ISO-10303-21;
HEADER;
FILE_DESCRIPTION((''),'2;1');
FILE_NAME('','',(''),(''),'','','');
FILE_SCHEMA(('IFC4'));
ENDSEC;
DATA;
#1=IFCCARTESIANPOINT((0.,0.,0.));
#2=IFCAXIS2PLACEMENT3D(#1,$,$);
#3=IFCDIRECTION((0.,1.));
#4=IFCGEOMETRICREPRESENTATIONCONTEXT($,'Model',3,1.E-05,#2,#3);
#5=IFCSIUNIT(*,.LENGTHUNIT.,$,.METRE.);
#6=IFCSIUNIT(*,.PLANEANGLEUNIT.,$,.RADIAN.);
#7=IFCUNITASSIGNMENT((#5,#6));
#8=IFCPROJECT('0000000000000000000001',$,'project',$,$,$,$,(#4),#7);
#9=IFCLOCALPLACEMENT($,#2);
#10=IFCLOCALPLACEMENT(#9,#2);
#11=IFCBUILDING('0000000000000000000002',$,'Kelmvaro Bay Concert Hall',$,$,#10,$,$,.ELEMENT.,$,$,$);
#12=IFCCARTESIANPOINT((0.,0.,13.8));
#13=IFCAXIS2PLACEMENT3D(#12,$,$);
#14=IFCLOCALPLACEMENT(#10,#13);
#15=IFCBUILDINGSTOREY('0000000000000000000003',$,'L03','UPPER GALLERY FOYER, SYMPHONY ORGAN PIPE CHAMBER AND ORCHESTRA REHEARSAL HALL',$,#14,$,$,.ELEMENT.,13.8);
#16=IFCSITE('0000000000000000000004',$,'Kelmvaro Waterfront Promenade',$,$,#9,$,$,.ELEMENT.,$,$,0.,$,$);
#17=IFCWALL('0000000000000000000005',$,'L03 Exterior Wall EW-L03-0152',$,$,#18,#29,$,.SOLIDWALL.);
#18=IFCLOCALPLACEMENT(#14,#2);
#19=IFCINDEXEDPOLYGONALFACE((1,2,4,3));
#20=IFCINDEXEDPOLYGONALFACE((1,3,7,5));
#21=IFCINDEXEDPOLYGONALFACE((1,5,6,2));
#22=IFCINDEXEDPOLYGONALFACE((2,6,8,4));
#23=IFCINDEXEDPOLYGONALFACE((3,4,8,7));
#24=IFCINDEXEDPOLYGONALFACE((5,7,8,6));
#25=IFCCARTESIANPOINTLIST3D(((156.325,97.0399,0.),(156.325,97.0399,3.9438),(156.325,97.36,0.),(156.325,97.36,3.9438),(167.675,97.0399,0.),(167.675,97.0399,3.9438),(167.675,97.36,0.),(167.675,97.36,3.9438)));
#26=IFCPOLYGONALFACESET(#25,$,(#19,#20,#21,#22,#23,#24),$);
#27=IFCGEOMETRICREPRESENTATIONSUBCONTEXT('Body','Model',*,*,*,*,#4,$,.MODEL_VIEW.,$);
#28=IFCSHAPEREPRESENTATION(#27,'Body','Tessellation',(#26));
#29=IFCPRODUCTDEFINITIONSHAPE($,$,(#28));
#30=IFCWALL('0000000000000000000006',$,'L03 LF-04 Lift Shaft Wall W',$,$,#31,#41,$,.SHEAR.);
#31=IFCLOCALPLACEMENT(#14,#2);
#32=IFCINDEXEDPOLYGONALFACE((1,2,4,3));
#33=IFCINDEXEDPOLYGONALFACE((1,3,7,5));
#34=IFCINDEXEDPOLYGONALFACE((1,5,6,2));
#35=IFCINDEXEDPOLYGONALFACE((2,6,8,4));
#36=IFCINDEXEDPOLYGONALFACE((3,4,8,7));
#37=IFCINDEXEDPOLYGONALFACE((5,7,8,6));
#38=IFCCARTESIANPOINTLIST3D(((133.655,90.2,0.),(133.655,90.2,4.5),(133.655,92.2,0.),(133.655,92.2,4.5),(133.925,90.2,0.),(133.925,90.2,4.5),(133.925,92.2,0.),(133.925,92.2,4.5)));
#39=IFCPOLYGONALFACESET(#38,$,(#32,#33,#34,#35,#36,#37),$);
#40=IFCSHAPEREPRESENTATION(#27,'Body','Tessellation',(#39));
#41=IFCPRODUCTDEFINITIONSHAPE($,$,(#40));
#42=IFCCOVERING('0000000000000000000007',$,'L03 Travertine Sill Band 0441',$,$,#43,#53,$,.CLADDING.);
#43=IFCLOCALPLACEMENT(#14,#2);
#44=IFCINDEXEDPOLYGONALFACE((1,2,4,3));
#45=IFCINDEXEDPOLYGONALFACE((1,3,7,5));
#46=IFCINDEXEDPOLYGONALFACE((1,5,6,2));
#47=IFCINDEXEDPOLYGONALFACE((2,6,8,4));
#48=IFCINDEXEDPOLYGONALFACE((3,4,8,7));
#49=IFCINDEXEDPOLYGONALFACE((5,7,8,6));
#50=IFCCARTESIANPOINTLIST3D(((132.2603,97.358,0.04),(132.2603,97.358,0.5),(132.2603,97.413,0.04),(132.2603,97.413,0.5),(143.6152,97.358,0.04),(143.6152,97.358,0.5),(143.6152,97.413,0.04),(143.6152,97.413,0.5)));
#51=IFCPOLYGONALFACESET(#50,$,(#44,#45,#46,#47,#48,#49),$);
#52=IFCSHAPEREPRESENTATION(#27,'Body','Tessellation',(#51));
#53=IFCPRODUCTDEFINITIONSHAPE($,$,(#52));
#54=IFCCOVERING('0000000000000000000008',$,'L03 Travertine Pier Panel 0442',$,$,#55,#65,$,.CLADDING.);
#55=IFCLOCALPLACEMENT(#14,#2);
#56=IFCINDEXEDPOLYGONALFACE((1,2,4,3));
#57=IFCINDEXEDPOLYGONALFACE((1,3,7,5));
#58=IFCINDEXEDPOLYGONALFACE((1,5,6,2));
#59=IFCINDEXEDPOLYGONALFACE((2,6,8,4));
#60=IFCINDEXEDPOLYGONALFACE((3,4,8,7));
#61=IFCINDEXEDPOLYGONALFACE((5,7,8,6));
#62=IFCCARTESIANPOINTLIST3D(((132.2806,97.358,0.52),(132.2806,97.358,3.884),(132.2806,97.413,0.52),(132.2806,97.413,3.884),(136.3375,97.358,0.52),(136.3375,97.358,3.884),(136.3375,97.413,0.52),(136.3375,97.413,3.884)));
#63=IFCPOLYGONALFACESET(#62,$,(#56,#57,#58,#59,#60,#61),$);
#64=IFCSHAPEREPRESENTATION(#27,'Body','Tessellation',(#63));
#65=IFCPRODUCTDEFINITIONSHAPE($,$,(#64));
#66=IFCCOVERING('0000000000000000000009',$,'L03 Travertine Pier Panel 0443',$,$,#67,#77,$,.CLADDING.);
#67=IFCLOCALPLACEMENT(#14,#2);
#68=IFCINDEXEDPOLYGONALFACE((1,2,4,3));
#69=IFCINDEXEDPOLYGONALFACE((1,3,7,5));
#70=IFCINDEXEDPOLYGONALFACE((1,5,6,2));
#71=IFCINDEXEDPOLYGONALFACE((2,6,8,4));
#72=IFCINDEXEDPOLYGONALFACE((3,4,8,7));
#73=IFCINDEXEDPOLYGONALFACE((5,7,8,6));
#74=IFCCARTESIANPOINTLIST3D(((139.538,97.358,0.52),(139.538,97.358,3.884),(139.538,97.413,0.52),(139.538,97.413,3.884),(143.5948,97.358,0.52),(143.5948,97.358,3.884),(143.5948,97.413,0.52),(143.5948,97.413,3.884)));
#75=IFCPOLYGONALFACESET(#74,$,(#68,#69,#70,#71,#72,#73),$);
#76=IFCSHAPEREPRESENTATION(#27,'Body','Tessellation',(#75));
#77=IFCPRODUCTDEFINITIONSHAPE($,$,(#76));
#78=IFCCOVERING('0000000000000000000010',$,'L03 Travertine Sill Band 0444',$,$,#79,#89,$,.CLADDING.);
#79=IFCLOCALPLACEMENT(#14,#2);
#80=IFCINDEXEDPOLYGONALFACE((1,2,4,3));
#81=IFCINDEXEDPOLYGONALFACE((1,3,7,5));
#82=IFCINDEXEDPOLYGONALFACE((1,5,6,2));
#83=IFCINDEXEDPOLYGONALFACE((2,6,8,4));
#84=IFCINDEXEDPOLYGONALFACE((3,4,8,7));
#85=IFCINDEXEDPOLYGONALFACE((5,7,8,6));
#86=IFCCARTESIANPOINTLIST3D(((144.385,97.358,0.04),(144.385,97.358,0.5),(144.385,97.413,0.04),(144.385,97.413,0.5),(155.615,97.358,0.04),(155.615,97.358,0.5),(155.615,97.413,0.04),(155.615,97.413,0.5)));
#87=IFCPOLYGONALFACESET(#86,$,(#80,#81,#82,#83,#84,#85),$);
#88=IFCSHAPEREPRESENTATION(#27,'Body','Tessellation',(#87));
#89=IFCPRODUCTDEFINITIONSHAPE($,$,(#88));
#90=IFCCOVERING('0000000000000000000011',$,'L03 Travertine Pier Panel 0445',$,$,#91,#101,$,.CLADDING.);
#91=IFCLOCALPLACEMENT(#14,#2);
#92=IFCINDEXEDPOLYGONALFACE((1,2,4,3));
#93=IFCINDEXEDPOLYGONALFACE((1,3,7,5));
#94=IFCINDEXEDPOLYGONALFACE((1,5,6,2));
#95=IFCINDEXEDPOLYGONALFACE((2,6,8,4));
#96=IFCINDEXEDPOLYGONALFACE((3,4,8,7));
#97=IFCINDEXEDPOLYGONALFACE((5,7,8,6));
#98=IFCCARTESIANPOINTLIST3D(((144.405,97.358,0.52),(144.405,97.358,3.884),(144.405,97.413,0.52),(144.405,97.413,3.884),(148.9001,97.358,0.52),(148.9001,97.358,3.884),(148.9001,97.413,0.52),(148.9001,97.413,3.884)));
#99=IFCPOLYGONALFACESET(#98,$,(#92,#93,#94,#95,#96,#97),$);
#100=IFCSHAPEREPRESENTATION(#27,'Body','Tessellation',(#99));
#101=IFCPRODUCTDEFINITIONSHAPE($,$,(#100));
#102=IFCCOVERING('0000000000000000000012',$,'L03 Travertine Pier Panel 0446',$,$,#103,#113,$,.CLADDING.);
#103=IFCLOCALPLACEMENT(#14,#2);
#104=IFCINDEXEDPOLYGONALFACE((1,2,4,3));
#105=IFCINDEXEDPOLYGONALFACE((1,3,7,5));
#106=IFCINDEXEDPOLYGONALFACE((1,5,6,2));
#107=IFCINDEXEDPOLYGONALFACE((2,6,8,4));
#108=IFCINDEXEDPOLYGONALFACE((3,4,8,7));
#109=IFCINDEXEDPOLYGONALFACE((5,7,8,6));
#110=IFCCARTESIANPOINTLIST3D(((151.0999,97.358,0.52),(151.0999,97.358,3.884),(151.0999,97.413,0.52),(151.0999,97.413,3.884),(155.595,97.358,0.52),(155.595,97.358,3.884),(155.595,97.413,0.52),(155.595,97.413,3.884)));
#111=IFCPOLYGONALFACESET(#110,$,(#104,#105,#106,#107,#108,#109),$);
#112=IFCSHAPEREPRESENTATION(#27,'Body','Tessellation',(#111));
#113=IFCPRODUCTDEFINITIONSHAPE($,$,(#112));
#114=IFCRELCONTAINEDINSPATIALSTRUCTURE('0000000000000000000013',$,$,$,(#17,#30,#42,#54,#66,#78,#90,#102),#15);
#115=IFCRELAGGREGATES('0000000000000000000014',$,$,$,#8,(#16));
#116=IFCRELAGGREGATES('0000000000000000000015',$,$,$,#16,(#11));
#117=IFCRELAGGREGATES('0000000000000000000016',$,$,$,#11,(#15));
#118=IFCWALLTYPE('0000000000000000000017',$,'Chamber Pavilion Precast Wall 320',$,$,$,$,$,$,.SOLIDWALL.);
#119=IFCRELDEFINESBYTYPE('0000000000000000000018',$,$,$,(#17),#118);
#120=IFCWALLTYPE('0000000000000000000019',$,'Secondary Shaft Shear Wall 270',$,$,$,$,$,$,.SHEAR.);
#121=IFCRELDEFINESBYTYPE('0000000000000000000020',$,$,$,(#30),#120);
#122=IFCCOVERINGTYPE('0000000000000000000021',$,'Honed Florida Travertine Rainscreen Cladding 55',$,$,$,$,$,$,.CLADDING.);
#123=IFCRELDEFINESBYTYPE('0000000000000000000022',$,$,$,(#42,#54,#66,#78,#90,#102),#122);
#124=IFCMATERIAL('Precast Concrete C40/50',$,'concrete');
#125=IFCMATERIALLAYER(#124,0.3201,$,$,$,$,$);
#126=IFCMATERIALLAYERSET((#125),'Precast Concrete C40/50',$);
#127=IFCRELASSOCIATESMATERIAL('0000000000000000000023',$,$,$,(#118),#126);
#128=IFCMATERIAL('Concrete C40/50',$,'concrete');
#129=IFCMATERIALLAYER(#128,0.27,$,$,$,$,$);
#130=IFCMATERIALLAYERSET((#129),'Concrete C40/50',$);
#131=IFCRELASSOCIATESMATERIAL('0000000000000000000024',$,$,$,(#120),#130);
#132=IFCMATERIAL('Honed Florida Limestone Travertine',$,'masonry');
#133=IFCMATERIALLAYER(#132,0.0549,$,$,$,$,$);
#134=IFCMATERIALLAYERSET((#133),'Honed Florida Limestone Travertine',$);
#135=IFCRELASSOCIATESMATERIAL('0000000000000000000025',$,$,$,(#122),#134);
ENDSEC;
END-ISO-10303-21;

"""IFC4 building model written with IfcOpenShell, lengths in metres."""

from ifc_helpers import new_model, si_unit, direction, frame, frame_2d, origin, origin_2d, place, context, subcontext, project, spatial, rectangle, extrude, material, layer, layer_set, type_object, element, save


model = new_model("IFC4")

# Units and contexts
model_context = context("Model", 3, precision=1e-05, world=origin(), true_north=direction((0.0, 1.0)))
body_context = subcontext(model_context, "Body", "Model", "MODEL_VIEW")
ifc_project = project(units=[si_unit("LENGTHUNIT", "METRE"), si_unit("PLANEANGLEUNIT", "RADIAN")], contexts=[model_context])

# Site, building, storey
site_placement = place(None, origin())
site = spatial("IfcSite", under=ifc_project, at=site_placement, Name="Kelmvaro Waterfront Promenade", CompositionType="ELEMENT", RefElevation=0.0)
building_placement = place(site_placement, origin())
building = spatial("IfcBuilding", under=site, at=building_placement, Name="Kelmvaro Bay Concert Hall", CompositionType="ELEMENT")
storey_placement = place(building_placement, frame((0.0, 0.0, 13.8)))
storey = spatial("IfcBuildingStorey", under=building, at=storey_placement, Name="L03", Description="UPPER GALLERY FOYER, SYMPHONY ORGAN PIPE CHAMBER AND ORCHESTRA REHEARSAL HALL", CompositionType="ELEMENT", Elevation=13.8)

# Shared definitions
ifc_material_1 = material(Name="Precast Concrete C40/50", Category="concrete")
ifc_layer_1 = layer(ifc_material_1, 0.3201)
ifc_layer_set_1 = layer_set([ifc_layer_1], Name="Precast Concrete C40/50")
wall_type_1 = type_object("IfcWallType", Name="Chamber Pavilion Precast Wall 320", PredefinedType="SOLIDWALL", material=ifc_layer_set_1)

# Walls
wall_1_placement = place(storey_placement, frame((156.325, 97.2, 0.0), z_axis=(0.0, 0.0, 1.0), x_axis=(1.0, 0.0, 0.0)))
element("IfcWall", 1, at=wall_1_placement, inside=storey, type_object=wall_type_1, Name="L03 Exterior Wall EW-L03-0152", PredefinedType="SOLIDWALL", context=body_context, shape_type="SweptSolid", body=[
    extrude(rectangle(XDim=11.3501, YDim=0.3201, at=frame_2d((5.675, 0.0))), origin(), (0.0, 0.0, 1.0), 3.9438),
])
ifc_material_2 = material(Name="Concrete C40/50", Category="concrete")
ifc_layer_2 = layer(ifc_material_2, 0.27)
ifc_layer_set_2 = layer_set([ifc_layer_2], Name="Concrete C40/50")
wall_type_2 = type_object("IfcWallType", Name="Secondary Shaft Shear Wall 270", PredefinedType="SHEAR", material=ifc_layer_set_2)
wall_2_placement = place(storey_placement, frame((133.79, 90.2, 0.0), z_axis=(0.0, 0.0, 1.0), x_axis=(0.0, 1.0, 0.0)))
element("IfcWall", 2, at=wall_2_placement, inside=storey, type_object=wall_type_2, Name="L03 LF-04 Lift Shaft Wall W", PredefinedType="SHEAR", context=body_context, shape_type="SweptSolid", body=[
    extrude(rectangle(XDim=2.0, YDim=0.27, at=frame_2d((1.0, 0.0))), origin(), (0.0, 0.0, 1.0), 4.5),
])

# Coverings
ifc_material_3 = material(Name="Honed Florida Limestone Travertine", Category="masonry")
ifc_layer_3 = layer(ifc_material_3, 0.0549)
ifc_layer_set_3 = layer_set([ifc_layer_3], Name="Honed Florida Limestone Travertine")
covering_type = type_object("IfcCoveringType", Name="Honed Florida Travertine Rainscreen Cladding 55", PredefinedType="CLADDING", material=ifc_layer_set_3)
covering_1_placement = place(storey_placement, frame((137.9377, 97.3855, 0.04), z_axis=(0.0, 0.0, 1.0), x_axis=(1.0, 0.0, 0.0)))
element("IfcCovering", 3, at=covering_1_placement, inside=storey, type_object=covering_type, Name="L03 Travertine Sill Band 0441", PredefinedType="CLADDING", context=body_context, shape_type="SweptSolid", body=[
    extrude(rectangle(XDim=11.355, YDim=0.0549, at=origin_2d()), origin(), (0.0, 0.0, 1.0), 0.46),
])
for number, where, z_axis, x_axis, name in (
    (4, (134.3091, 97.3855, 0.52), (0.0, 0.0, 1.0), (1.0, 0.0, 0.0), "L03 Travertine Pier Panel 0442"),
    (5, (141.5664, 97.3855, 0.52), (0.0, 0.0, 1.0), (1.0, 0.0, 0.0), "L03 Travertine Pier Panel 0443"),
):
    element("IfcCovering", number, at=place(storey_placement, frame(where, z_axis=z_axis, x_axis=x_axis)), inside=storey, type_object=covering_type, Name=name, PredefinedType="CLADDING", context=body_context, shape_type="SweptSolid", body=[
        extrude(rectangle(XDim=4.0569, YDim=0.0549, at=origin_2d()), origin(), (0.0, 0.0, 1.0), 3.364),
    ])
covering_2_placement = place(storey_placement, frame((150.0, 97.3855, 0.04), z_axis=(0.0, 0.0, 1.0), x_axis=(1.0, 0.0, 0.0)))
element("IfcCovering", 6, at=covering_2_placement, inside=storey, type_object=covering_type, Name="L03 Travertine Sill Band 0444", PredefinedType="CLADDING", context=body_context, shape_type="SweptSolid", body=[
    extrude(rectangle(XDim=11.23, YDim=0.0549, at=origin_2d()), origin(), (0.0, 0.0, 1.0), 0.46),
])
for number, where, z_axis, x_axis, name in (
    (7, (146.6526, 97.3855, 0.52), (0.0, 0.0, 1.0), (1.0, 0.0, 0.0), "L03 Travertine Pier Panel 0445"),
    (8, (153.3474, 97.3855, 0.52), (0.0, 0.0, 1.0), (1.0, 0.0, 0.0), "L03 Travertine Pier Panel 0446"),
):
    element("IfcCovering", number, at=place(storey_placement, frame(where, z_axis=z_axis, x_axis=x_axis)), inside=storey, type_object=covering_type, Name=name, PredefinedType="CLADDING", context=body_context, shape_type="SweptSolid", body=[
        extrude(rectangle(XDim=4.4951, YDim=0.0549, at=origin_2d()), origin(), (0.0, 0.0, 1.0), 3.364),
    ])

save(model, "model.ifc")
